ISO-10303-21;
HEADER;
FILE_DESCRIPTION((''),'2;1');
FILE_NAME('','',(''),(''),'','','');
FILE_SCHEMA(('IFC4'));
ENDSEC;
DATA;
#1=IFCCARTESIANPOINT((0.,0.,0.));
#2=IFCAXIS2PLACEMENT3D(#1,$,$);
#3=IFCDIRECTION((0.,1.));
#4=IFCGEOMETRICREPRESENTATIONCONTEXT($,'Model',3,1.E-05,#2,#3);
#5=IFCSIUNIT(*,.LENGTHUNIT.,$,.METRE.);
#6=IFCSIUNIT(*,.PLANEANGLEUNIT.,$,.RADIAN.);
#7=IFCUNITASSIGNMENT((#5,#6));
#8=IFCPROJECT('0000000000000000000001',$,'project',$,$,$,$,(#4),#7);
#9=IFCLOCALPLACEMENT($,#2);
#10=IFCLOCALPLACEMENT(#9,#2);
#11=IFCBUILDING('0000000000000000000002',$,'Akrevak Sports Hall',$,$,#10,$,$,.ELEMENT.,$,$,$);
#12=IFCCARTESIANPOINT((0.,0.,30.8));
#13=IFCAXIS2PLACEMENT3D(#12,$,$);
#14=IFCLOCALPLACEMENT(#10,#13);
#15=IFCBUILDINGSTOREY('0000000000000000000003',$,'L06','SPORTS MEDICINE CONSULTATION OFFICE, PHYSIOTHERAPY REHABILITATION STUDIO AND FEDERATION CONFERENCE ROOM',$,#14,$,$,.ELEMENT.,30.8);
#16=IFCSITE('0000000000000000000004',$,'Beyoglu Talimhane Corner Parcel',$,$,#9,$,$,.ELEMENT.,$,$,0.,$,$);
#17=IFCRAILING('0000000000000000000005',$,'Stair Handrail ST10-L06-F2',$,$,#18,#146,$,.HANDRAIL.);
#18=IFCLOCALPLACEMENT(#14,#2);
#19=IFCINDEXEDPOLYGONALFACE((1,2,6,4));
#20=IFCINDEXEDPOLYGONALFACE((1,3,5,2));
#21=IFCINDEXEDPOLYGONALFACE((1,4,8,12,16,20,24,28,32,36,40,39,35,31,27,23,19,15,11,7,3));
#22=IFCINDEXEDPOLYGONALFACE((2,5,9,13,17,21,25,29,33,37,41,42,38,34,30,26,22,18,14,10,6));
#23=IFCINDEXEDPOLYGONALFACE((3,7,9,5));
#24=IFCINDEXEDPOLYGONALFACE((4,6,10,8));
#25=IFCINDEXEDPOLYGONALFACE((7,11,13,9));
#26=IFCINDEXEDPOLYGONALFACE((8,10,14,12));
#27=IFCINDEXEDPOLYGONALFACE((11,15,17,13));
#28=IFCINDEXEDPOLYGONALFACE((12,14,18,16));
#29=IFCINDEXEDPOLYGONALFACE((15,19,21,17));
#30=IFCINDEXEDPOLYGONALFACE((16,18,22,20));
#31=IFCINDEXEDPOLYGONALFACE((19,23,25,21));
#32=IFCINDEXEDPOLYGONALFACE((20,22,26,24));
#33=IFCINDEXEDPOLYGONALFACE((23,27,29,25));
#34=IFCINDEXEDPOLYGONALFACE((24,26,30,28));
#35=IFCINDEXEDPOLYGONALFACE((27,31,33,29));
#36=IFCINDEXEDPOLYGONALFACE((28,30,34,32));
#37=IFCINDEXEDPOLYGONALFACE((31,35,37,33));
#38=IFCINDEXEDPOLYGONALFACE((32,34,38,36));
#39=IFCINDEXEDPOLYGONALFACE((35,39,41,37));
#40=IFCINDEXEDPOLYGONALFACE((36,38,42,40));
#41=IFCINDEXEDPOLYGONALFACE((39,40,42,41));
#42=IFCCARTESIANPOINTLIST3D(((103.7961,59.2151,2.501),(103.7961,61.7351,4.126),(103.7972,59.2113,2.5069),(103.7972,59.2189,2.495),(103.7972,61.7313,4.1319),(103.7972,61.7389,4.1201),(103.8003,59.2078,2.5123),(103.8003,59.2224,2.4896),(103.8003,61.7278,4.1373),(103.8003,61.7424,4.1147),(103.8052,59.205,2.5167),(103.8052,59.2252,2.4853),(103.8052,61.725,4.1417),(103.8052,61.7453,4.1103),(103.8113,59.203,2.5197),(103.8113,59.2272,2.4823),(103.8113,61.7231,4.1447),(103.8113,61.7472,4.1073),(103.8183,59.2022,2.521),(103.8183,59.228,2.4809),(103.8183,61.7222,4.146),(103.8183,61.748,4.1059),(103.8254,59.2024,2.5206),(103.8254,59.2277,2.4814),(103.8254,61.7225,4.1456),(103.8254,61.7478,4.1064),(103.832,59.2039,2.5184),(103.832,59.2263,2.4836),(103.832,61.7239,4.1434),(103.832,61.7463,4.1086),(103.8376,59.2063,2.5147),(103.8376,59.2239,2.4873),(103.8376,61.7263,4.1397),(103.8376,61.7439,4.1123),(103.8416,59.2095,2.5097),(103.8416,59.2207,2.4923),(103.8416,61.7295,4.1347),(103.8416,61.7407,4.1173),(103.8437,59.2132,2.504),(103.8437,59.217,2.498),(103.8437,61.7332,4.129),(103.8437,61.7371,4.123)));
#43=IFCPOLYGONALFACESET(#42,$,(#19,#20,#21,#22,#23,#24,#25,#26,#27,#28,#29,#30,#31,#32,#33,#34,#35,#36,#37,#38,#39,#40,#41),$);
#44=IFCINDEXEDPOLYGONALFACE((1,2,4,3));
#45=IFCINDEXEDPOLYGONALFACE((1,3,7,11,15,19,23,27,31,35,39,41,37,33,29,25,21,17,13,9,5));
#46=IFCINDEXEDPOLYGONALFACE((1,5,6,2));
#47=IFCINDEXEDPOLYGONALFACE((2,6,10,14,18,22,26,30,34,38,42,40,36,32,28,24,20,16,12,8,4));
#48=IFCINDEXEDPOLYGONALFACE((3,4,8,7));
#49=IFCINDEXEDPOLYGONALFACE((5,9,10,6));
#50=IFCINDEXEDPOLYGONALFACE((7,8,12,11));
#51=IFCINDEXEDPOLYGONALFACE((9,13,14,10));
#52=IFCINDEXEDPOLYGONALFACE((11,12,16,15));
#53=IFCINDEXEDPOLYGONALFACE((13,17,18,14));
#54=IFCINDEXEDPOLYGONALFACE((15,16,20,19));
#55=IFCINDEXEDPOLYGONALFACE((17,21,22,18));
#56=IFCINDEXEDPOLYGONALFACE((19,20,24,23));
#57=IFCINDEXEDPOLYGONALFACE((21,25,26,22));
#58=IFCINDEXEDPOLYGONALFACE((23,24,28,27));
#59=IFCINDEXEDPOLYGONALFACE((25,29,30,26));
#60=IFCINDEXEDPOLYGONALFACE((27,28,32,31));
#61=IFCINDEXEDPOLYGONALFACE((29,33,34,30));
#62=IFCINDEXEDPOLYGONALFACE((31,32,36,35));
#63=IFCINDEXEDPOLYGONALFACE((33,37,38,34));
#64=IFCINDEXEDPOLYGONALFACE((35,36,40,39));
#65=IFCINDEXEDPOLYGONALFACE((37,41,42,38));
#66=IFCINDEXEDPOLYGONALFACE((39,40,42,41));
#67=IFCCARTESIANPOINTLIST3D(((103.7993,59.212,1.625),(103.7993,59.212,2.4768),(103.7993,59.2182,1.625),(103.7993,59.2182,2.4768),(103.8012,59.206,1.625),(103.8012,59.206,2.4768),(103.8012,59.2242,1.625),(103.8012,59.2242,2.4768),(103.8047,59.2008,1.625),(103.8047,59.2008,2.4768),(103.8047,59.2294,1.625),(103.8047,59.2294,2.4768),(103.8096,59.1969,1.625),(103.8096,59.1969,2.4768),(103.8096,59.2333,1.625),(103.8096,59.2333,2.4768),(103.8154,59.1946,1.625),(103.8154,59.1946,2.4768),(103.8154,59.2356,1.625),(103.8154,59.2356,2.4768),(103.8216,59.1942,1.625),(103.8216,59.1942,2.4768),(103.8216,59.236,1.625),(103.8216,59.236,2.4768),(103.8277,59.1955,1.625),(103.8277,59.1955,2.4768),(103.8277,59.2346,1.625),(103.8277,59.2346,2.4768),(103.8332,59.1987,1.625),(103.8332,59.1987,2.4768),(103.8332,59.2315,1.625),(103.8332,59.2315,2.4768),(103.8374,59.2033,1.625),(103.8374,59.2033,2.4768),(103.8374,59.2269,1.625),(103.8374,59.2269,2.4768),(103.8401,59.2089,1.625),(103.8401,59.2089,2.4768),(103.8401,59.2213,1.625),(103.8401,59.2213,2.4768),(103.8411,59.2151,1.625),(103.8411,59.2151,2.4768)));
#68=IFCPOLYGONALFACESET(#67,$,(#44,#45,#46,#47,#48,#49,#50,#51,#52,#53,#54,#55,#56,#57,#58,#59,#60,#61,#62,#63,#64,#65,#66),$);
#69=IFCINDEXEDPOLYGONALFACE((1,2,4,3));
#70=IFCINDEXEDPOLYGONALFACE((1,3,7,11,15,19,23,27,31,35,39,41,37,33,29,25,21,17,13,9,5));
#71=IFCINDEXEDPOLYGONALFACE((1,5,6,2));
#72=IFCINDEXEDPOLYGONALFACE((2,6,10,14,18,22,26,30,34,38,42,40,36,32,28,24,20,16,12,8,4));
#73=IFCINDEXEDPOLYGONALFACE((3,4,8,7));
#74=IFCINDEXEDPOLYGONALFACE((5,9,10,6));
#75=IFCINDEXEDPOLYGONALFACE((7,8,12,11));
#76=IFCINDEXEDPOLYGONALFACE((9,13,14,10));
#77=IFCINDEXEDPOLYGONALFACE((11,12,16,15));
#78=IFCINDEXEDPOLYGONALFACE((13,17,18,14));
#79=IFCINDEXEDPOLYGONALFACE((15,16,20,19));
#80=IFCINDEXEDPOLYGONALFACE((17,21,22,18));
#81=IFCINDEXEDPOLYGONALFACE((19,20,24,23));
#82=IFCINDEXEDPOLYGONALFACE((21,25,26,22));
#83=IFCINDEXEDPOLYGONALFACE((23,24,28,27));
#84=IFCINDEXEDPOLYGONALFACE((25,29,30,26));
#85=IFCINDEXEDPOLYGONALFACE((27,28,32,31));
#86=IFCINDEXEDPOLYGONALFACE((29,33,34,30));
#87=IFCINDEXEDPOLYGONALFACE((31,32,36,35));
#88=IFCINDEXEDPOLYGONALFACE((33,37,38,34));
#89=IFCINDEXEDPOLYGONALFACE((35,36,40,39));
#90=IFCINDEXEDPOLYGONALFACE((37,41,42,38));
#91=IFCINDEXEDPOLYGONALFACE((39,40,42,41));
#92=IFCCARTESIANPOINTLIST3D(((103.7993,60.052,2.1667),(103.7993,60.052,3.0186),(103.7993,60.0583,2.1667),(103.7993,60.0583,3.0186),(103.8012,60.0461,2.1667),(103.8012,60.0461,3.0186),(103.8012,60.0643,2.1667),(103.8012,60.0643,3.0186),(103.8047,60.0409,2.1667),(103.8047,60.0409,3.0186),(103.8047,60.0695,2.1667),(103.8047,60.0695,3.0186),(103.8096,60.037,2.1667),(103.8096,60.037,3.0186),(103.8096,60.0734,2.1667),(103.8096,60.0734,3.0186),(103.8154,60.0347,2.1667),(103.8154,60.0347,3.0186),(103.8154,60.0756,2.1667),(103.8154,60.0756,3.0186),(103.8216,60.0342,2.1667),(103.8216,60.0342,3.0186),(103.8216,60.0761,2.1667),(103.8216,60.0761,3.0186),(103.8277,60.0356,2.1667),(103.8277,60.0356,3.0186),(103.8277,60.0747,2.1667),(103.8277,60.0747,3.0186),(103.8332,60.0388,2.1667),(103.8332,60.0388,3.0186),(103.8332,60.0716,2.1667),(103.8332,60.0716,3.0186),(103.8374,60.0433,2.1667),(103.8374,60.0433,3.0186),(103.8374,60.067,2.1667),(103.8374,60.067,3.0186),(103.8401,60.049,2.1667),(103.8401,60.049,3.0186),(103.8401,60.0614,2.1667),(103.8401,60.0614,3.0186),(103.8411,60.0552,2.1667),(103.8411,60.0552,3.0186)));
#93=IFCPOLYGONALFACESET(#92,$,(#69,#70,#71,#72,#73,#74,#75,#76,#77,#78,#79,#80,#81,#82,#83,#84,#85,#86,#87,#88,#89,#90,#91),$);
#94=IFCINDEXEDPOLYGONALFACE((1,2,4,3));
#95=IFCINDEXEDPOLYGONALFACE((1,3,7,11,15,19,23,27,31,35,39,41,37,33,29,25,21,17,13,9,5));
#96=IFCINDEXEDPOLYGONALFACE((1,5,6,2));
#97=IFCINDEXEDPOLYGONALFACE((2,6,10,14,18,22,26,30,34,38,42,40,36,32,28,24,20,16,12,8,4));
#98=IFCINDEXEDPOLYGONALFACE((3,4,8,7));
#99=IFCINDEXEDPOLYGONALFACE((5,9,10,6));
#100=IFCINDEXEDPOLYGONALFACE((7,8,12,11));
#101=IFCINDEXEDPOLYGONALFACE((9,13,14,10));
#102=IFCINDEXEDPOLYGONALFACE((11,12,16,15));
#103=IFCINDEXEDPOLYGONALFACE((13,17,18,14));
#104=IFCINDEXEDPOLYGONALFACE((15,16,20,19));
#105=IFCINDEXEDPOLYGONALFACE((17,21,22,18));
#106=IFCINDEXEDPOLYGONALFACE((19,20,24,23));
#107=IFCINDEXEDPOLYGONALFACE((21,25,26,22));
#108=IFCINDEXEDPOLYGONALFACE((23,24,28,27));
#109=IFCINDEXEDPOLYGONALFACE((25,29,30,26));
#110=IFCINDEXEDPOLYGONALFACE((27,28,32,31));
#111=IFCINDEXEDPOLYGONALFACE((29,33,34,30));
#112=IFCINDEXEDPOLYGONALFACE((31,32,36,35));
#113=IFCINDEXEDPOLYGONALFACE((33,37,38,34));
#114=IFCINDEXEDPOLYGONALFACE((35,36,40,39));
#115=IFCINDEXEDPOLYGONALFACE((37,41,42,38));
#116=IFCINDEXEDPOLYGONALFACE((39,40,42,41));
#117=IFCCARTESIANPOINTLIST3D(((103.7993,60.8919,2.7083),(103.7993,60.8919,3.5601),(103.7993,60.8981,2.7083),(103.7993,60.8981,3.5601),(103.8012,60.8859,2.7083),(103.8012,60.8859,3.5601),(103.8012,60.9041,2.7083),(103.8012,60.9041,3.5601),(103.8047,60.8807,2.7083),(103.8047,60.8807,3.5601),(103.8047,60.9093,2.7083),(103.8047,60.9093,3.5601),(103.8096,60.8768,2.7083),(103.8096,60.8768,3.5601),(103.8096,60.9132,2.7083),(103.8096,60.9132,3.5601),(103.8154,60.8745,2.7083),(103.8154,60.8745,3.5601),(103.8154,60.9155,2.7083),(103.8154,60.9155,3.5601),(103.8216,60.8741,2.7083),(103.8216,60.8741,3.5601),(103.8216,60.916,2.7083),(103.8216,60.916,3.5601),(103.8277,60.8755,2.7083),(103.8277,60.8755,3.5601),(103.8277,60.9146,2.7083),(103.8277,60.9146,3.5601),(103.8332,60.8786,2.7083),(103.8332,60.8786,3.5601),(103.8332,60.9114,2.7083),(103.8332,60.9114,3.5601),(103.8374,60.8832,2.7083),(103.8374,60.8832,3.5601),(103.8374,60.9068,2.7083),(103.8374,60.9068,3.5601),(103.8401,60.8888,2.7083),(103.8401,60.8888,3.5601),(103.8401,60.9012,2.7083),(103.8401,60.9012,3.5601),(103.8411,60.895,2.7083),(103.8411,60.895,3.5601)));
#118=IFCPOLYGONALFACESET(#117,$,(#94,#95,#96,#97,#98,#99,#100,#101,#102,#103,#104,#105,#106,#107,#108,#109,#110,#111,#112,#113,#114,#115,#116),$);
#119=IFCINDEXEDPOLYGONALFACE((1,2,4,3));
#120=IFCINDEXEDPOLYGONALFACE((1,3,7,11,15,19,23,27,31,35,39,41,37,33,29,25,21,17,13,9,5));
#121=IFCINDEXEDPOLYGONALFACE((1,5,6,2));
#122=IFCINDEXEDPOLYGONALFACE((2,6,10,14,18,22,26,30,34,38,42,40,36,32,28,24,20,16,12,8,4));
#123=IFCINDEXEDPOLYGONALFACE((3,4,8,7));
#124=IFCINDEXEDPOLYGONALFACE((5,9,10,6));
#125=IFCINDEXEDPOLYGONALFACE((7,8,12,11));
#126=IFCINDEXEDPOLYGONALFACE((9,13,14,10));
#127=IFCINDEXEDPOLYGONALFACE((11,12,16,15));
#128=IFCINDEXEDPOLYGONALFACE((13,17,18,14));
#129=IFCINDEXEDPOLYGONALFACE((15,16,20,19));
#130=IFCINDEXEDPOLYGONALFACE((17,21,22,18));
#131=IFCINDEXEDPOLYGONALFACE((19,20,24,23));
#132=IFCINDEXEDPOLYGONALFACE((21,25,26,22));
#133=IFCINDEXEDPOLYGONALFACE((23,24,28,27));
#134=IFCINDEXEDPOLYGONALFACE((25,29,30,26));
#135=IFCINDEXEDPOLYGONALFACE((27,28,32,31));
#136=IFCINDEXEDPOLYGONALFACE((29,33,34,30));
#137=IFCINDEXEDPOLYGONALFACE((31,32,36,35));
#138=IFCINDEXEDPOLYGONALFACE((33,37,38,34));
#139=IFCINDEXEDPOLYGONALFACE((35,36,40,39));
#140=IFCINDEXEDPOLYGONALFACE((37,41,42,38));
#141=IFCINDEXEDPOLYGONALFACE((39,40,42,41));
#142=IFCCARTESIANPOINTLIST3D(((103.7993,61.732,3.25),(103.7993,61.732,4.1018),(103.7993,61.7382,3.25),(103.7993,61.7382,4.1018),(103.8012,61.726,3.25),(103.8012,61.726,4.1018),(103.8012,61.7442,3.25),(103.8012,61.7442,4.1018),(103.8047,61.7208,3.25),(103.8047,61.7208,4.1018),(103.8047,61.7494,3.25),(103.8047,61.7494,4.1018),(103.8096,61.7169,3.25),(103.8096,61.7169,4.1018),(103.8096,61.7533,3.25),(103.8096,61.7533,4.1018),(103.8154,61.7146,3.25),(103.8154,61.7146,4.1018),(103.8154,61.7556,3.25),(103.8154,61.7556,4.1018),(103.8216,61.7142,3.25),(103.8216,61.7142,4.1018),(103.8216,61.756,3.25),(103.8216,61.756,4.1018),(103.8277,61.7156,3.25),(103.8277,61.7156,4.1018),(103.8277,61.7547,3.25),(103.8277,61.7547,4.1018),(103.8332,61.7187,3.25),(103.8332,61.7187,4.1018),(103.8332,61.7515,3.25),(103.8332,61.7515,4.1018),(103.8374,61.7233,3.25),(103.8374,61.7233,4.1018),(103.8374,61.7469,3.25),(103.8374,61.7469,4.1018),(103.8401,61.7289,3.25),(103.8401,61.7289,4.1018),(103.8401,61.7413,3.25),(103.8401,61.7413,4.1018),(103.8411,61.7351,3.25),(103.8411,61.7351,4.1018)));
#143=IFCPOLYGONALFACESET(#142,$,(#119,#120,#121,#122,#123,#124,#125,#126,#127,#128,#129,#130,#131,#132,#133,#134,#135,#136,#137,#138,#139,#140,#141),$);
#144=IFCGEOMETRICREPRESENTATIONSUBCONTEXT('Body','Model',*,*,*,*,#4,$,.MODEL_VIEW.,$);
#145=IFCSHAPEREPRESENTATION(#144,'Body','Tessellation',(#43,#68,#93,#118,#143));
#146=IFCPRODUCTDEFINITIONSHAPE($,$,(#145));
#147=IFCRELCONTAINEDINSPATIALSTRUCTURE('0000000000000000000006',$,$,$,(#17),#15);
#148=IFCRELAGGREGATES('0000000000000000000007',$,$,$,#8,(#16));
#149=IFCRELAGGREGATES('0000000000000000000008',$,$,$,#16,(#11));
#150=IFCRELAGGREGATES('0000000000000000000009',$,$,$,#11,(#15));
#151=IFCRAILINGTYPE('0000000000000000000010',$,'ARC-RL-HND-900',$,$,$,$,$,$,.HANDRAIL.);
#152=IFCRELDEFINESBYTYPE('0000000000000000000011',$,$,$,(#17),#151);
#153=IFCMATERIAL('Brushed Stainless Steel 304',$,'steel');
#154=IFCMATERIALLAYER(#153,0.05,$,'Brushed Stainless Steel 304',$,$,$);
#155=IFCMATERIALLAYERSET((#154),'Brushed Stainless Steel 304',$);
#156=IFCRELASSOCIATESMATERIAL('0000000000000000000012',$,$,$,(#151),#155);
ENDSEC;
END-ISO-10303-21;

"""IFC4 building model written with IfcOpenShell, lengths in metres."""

from ifc_helpers import new_model, si_unit, direction, frame, origin, origin_2d, place, context, subcontext, project, spatial, circle, extrude, material, layer, layer_set, type_object, element, save


model = new_model("IFC4")

# Units and contexts
model_context = context("Model", 3, precision=1e-05, world=origin(), true_north=direction((0.0, 1.0)))
body_context = subcontext(model_context, "Body", "Model", "MODEL_VIEW")
ifc_project = project(units=[si_unit("LENGTHUNIT", "METRE"), si_unit("PLANEANGLEUNIT", "RADIAN")], contexts=[model_context])

# Site, building, storey
site_placement = place(None, origin())
site = spatial("IfcSite", under=ifc_project, at=site_placement, Name="Beyoglu Talimhane Corner Parcel", CompositionType="ELEMENT", RefElevation=0.0)
building_placement = place(site_placement, origin())
building = spatial("IfcBuilding", under=site, at=building_placement, Name="Akrevak Sports Hall", CompositionType="ELEMENT")
storey_placement = place(building_placement, frame((0.0, 0.0, 30.8)))
storey = spatial("IfcBuildingStorey", under=building, at=storey_placement, Name="L06", Description="SPORTS MEDICINE CONSULTATION OFFICE, PHYSIOTHERAPY REHABILITATION STUDIO AND FEDERATION CONFERENCE ROOM", CompositionType="ELEMENT", Elevation=30.8)

# Railing
ifc_material_1 = material(Name="Brushed Stainless Steel 304", Category="steel")
ifc_layer_1 = layer(ifc_material_1, 0.05, Name="Brushed Stainless Steel 304")
ifc_layer_set_1 = layer_set([ifc_layer_1], Name="Brushed Stainless Steel 304")
railing_type_1 = type_object("IfcRailingType", Name="ARC-RL-HND-900", PredefinedType="HANDRAIL", material=ifc_layer_set_1)
for number, where, name in (
    (1, (103.8201, 59.2151, 1.625), "Stair Handrail ST10-L06-F2"),
):
    element("IfcRailing", number, at=place(storey_placement, frame(where)), inside=storey, type_object=railing_type_1, Name=name, PredefinedType="HANDRAIL", context=body_context, shape_type="SweptSolid", body=[
        extrude(circle(Radius=0.0239, at=origin_2d()), frame((0.0, 0.0, 0.876), z_axis=(0.0, 0.840421, 0.541934), x_axis=(-1.0, 0.0, 0.0)), (0.0, 0.0, 1.0), 2.9985),
        extrude(circle(Radius=0.021, at=origin_2d()), origin(), (0.0, 0.0, 1.0), 0.8518),
        extrude(circle(Radius=0.021, at=origin_2d()), frame((0.0, 0.8401, 0.5417)), (0.0, 0.0, 1.0), 0.8518),
        extrude(circle(Radius=0.021, at=origin_2d()), frame((0.0, 1.6799, 1.0833)), (0.0, 0.0, 1.0), 0.8518),
        extrude(circle(Radius=0.021, at=origin_2d()), frame((0.0, 2.52, 1.625)), (0.0, 0.0, 1.0), 0.8518),
    ])

save(model, "model.ifc")
